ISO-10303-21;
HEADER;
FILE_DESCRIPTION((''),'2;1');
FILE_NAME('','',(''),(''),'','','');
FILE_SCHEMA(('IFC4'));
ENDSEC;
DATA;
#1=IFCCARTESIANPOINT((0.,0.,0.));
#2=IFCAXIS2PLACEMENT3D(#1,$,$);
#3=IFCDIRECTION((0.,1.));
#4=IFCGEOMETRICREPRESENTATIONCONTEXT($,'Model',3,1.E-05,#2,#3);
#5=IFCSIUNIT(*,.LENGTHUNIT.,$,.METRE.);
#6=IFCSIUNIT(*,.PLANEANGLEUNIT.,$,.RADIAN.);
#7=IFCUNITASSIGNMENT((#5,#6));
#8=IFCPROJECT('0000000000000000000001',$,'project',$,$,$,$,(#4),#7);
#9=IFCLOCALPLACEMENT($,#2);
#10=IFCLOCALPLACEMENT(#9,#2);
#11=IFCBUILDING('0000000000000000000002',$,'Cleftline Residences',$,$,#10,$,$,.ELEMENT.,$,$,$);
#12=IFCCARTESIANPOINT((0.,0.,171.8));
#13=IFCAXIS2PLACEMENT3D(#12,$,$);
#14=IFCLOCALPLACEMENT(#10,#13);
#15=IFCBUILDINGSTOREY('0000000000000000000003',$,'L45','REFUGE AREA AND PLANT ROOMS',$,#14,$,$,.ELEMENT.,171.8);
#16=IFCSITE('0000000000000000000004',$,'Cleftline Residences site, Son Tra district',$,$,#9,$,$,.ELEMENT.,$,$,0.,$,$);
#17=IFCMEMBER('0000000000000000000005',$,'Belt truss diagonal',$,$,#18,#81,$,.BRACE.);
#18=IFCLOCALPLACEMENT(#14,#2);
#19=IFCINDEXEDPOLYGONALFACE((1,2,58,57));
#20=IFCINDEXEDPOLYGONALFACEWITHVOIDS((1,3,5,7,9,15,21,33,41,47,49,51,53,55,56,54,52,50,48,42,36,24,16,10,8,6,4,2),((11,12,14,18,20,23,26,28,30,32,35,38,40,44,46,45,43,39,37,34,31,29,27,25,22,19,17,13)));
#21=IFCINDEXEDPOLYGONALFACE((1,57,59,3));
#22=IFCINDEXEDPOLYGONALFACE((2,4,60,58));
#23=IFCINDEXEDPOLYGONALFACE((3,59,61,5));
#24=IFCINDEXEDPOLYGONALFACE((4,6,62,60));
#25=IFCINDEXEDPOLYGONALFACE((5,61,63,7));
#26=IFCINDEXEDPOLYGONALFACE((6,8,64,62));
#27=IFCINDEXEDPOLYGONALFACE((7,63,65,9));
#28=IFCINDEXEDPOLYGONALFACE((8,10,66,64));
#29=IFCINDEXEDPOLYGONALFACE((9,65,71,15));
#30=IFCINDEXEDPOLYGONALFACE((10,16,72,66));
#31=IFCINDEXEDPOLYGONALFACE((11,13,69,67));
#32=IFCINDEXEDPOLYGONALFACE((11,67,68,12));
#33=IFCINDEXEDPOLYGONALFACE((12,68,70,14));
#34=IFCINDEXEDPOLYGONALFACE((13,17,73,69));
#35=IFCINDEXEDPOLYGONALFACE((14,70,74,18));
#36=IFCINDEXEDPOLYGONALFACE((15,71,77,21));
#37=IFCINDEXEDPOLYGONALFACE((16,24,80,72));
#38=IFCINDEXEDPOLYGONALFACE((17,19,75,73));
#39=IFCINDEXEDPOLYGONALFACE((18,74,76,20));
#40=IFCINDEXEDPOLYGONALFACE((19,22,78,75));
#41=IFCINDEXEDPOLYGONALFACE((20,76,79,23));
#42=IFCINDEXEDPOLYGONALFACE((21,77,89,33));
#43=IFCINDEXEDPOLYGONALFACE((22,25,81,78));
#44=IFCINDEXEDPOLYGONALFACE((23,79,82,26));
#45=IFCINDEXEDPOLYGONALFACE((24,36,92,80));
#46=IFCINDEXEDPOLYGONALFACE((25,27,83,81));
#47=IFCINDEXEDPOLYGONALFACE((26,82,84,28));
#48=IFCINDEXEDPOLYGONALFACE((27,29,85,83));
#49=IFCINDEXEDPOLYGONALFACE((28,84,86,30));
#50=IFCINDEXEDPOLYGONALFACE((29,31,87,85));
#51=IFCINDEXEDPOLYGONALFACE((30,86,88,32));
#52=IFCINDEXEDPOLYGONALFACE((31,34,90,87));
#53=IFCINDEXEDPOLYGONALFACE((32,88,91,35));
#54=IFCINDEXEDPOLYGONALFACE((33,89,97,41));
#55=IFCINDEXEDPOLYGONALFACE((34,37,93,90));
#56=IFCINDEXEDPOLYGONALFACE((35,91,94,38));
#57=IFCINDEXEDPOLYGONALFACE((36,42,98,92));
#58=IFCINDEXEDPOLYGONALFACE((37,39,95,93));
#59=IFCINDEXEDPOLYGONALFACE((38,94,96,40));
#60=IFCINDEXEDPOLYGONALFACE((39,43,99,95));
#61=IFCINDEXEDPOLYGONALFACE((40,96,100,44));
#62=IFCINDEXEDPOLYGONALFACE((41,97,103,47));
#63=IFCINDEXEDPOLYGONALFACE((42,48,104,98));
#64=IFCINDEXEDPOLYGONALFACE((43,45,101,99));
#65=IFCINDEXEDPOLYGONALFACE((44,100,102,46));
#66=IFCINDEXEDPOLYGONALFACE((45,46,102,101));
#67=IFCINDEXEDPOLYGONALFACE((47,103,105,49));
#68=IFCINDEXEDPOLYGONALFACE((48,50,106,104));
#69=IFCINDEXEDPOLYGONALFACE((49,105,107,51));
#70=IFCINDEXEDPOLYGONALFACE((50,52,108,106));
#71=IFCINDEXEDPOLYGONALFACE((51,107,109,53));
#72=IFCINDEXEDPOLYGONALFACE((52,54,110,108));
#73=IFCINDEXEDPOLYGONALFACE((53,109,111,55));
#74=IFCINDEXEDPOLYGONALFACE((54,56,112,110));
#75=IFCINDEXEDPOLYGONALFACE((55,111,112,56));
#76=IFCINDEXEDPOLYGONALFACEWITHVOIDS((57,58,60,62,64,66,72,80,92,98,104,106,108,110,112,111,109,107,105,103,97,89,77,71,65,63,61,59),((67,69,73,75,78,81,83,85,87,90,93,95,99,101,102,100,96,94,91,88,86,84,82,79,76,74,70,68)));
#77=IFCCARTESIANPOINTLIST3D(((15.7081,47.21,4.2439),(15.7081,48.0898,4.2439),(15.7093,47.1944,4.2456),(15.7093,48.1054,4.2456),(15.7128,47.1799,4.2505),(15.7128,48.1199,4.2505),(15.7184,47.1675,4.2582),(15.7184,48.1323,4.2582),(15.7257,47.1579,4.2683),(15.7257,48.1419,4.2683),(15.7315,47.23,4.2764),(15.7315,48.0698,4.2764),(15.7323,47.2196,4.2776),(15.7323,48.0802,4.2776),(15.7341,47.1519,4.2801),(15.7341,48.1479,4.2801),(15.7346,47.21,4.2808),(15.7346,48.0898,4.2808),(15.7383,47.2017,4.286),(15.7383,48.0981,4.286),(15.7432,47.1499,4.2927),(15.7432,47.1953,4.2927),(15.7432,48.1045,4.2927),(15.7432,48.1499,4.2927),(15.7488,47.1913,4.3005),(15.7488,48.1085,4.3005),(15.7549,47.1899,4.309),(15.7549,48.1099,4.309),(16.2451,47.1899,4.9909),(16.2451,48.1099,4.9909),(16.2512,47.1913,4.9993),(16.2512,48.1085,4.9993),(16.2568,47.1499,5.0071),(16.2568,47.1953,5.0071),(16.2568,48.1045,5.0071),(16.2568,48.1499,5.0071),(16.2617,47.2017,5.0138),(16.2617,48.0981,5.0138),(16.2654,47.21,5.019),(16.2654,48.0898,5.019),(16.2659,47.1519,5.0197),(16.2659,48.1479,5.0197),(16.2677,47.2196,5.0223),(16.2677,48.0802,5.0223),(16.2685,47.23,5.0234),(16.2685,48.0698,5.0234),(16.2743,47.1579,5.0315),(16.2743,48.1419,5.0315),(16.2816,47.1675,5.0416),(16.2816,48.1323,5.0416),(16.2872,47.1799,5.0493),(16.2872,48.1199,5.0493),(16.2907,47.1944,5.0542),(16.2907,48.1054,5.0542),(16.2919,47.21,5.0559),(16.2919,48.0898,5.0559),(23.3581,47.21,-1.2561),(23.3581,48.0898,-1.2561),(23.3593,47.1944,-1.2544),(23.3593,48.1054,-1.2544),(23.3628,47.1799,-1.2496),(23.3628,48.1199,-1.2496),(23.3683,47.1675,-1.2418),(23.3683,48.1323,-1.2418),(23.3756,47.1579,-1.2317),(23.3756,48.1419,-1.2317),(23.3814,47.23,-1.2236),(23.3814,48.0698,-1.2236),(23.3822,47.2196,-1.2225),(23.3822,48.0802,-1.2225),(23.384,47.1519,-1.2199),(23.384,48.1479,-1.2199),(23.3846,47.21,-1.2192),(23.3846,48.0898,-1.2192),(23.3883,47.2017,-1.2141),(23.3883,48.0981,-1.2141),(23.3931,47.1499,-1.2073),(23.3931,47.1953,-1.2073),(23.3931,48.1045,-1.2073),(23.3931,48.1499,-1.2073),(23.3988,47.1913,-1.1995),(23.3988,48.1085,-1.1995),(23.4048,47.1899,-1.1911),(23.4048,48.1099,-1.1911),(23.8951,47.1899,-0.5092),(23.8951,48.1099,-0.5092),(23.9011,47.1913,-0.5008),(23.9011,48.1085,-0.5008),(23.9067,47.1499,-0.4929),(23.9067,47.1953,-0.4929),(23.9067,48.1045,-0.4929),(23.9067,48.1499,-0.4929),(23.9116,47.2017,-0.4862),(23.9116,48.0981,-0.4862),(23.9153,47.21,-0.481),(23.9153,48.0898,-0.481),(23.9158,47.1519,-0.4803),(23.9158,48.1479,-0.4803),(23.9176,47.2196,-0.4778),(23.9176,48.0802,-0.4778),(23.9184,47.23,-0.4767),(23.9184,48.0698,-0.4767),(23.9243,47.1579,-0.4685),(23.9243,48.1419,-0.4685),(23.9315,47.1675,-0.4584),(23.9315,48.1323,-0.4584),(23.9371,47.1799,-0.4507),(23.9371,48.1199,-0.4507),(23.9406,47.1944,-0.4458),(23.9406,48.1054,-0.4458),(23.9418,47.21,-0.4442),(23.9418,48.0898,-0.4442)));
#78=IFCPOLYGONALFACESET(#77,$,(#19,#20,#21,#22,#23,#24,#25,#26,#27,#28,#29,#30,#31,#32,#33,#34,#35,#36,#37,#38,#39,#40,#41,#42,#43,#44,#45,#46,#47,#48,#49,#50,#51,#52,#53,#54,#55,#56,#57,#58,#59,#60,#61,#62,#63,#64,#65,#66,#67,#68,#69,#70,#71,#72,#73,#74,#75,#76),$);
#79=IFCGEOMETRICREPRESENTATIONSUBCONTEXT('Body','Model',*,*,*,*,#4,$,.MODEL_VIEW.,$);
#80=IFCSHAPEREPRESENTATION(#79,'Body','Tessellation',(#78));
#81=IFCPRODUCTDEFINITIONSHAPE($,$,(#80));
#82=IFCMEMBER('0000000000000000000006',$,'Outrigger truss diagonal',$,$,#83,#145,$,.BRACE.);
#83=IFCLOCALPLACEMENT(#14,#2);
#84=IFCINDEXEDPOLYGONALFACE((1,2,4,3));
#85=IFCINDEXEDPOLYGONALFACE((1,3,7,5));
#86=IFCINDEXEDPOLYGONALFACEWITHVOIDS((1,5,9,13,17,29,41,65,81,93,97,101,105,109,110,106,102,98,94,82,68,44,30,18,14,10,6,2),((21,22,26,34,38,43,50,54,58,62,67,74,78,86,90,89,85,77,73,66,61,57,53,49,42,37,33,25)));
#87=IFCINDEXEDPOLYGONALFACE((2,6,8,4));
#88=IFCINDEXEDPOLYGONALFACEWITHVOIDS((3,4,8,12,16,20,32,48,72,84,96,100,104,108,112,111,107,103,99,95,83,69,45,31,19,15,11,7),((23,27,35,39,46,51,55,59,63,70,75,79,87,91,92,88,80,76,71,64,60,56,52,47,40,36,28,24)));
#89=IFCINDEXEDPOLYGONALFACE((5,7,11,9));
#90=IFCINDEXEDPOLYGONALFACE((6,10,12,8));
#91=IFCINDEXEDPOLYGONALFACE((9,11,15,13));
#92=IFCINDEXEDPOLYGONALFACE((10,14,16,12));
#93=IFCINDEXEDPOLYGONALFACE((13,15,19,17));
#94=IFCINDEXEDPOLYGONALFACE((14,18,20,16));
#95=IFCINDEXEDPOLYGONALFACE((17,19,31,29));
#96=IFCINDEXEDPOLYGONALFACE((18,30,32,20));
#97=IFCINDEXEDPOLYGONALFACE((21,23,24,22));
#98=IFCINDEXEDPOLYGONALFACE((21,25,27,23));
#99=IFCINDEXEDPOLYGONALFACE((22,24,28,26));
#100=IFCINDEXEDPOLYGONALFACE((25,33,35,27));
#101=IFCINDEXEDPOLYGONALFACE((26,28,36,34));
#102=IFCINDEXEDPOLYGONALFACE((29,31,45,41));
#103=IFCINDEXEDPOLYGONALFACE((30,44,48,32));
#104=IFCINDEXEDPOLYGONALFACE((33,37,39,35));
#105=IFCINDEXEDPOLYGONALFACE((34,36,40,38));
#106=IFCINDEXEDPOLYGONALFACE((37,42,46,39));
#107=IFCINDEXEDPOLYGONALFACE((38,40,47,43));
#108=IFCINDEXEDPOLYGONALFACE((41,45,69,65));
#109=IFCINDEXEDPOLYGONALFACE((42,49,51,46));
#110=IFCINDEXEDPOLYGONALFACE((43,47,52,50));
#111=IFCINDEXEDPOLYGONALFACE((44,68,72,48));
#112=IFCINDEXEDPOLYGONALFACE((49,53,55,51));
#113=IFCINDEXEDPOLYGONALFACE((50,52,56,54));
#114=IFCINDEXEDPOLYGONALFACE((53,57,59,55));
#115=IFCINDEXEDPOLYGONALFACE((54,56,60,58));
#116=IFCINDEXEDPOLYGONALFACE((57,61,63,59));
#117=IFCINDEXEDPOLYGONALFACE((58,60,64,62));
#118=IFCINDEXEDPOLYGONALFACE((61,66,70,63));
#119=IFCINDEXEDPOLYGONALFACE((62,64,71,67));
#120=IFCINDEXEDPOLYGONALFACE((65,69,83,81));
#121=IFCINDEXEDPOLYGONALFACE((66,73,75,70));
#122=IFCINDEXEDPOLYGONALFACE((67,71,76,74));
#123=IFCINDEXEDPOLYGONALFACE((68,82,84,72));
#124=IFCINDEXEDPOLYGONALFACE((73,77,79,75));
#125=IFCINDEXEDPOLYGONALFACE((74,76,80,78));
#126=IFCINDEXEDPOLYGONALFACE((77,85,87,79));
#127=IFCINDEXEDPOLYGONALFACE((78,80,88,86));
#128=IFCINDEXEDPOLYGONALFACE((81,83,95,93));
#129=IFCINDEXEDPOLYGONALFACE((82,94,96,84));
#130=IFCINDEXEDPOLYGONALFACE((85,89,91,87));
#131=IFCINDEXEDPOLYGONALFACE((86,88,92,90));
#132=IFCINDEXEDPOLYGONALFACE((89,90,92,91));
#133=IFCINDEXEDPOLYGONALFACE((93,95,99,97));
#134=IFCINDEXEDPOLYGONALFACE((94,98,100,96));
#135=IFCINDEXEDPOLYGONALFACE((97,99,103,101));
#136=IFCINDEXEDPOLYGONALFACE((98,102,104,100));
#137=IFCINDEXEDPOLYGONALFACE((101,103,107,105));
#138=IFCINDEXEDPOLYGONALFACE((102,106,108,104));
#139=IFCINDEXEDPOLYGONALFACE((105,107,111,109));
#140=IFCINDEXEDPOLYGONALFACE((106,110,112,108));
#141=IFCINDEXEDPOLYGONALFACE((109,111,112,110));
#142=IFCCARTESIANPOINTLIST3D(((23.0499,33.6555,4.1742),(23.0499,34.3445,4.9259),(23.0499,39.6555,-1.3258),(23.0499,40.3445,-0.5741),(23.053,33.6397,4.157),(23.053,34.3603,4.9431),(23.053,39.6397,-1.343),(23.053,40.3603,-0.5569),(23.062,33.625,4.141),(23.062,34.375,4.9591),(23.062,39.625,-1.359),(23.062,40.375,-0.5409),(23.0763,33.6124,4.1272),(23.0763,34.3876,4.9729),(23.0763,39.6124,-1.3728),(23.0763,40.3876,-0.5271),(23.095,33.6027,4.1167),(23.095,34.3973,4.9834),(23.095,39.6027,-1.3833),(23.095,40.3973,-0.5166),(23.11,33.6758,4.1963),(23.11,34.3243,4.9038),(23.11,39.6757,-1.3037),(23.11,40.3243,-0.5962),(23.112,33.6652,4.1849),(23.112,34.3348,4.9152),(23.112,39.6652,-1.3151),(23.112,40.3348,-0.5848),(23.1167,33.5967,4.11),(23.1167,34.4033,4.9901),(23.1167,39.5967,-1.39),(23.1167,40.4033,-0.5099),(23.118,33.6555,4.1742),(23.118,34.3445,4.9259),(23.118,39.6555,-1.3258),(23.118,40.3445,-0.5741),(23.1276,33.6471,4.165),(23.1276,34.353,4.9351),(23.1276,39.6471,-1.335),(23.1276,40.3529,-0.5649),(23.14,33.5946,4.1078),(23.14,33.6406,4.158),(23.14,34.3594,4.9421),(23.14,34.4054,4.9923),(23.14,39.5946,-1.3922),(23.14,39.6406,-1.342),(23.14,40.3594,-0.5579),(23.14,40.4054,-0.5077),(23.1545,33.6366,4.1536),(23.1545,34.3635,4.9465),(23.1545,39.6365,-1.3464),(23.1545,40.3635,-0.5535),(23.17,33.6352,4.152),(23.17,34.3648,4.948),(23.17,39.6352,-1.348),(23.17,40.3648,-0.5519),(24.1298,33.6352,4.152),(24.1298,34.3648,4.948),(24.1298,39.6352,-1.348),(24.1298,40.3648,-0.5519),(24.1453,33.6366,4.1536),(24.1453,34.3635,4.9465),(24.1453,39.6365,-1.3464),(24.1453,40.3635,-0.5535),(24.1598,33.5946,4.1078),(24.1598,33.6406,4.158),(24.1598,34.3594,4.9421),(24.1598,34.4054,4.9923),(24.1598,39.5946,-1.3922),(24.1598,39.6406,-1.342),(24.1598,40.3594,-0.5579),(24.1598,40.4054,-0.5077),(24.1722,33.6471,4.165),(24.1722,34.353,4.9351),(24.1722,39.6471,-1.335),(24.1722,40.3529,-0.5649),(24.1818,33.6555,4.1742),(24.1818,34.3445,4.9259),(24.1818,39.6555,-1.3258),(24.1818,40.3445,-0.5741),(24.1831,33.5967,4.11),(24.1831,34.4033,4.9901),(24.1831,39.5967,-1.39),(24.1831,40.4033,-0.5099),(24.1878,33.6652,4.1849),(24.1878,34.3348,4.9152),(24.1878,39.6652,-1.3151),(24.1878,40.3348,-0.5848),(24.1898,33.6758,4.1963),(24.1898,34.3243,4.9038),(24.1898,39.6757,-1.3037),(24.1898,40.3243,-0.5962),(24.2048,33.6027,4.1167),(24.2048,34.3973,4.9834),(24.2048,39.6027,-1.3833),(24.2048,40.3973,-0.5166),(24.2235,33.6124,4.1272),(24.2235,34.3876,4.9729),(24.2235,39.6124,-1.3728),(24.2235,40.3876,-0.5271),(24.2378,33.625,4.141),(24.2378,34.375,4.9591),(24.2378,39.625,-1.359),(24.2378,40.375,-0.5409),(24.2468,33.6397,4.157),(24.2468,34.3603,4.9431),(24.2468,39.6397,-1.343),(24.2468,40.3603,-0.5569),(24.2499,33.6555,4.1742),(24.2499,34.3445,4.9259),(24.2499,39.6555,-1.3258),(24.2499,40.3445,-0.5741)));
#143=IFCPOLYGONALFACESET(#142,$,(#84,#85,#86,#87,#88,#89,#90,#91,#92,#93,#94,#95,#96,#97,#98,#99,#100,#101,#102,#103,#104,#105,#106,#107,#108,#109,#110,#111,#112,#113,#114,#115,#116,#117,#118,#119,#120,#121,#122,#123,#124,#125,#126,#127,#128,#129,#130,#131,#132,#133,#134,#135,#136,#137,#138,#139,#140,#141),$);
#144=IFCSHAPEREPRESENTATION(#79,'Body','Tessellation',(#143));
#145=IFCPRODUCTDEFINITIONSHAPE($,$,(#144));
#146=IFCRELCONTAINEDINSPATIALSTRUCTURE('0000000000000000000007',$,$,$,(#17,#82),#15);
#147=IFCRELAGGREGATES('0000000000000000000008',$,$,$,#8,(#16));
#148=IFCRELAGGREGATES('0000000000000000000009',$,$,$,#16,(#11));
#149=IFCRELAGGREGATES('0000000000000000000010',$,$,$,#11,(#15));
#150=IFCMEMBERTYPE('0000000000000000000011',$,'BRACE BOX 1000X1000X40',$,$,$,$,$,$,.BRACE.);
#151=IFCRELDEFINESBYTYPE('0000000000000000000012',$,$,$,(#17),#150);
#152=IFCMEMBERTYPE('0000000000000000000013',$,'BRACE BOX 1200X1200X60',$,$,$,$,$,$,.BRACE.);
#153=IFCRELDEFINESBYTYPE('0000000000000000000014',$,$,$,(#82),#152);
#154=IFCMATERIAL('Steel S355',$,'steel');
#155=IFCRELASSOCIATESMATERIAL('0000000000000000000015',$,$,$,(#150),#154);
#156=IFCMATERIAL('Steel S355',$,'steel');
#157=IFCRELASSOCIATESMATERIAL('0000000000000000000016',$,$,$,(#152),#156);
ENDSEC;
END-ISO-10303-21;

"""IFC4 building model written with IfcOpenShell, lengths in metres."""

from ifc_helpers import new_model, si_unit, direction, frame, origin, origin_2d, place, context, subcontext, project, spatial, hollow_rectangle, extrude, material, material_profile, profile_set, type_object, element, save


model = new_model("IFC4")

# Units and contexts
model_context = context("Model", 3, precision=1e-05, world=origin(), true_north=direction((0.0, 1.0)))
body_context = subcontext(model_context, "Body", "Model", "MODEL_VIEW")
ifc_project = project(units=[si_unit("LENGTHUNIT", "METRE"), si_unit("PLANEANGLEUNIT", "RADIAN")], contexts=[model_context])

# Site, building, storey
site_placement = place(None, origin())
site = spatial("IfcSite", under=ifc_project, at=site_placement, Name="Cleftline Residences site, Son Tra district", CompositionType="ELEMENT", RefElevation=0.0)
building_placement = place(site_placement, origin())
building = spatial("IfcBuilding", under=site, at=building_placement, Name="Cleftline Residences", CompositionType="ELEMENT")
storey_placement = place(building_placement, frame((0.0, 0.0, 171.8)))
storey = spatial("IfcBuildingStorey", under=building, at=storey_placement, Name="L45", Description="REFUGE AREA AND PLANT ROOMS", CompositionType="ELEMENT", Elevation=171.8)

# Members
ifc_material_1 = material(Name="Steel S355", Category="steel")
ifc_material_profile_1 = material_profile(ifc_material_1, hollow_rectangle(XDim=1.0, YDim=1.0, WallThickness=0.04, InnerFilletRadius=0.04, OuterFilletRadius=0.0601, at=origin_2d()))
ifc_profile_set_1 = profile_set([ifc_material_profile_1], Name="Steel S355")
member_type_1 = type_object("IfcMemberType", Name="BRACE BOX 1000X1000X40", PredefinedType="BRACE", material=ifc_profile_set_1)
for number, where, z_axis, x_axis, name in (
    (1, (16.0, 47.6499, 4.6499), (0.811933, 0.0, -0.58375), (0.58375, 0.0, 0.811933), "Belt truss diagonal"),
):
    element("IfcMember", number, at=place(storey_placement, frame(where, z_axis=z_axis, x_axis=x_axis)), inside=storey, type_object=member_type_1, Name=name, PredefinedType="BRACE", context=body_context, shape_type="SweptSolid", body=[
        extrude(hollow_rectangle(XDim=1.0, YDim=1.0, WallThickness=0.04, InnerFilletRadius=0.04, OuterFilletRadius=0.0601, at=origin_2d()), origin(), (0.0, 0.0, 1.0), 9.4219),
    ])
ifc_material_2 = material(Name="Steel S355", Category="steel")
ifc_material_profile_2 = material_profile(ifc_material_2, hollow_rectangle(XDim=1.2, YDim=1.2, WallThickness=0.0601, InnerFilletRadius=0.0601, OuterFilletRadius=0.0901, at=origin_2d()))
ifc_profile_set_2 = profile_set([ifc_material_profile_2], Name="Steel S355")
member_type_2 = type_object("IfcMemberType", Name="BRACE BOX 1200X1200X60", PredefinedType="BRACE", material=ifc_profile_set_2)
member_1_placement = place(storey_placement, frame((23.6499, 40.0, -0.95), z_axis=(0.0, -0.737154, 0.675725), x_axis=(0.0, 0.675725, 0.737154)))
element("IfcMember", 2, at=member_1_placement, inside=storey, type_object=member_type_2, Name="Outrigger truss diagonal", PredefinedType="BRACE", context=body_context, shape_type="SweptSolid", body=[
    extrude(hollow_rectangle(XDim=1.2, YDim=1.2, WallThickness=0.0601, InnerFilletRadius=0.0601, OuterFilletRadius=0.0901, at=origin_2d()), origin(), (0.0, 0.0, 1.0), 8.1394),
])

save(model, "model.ifc")
